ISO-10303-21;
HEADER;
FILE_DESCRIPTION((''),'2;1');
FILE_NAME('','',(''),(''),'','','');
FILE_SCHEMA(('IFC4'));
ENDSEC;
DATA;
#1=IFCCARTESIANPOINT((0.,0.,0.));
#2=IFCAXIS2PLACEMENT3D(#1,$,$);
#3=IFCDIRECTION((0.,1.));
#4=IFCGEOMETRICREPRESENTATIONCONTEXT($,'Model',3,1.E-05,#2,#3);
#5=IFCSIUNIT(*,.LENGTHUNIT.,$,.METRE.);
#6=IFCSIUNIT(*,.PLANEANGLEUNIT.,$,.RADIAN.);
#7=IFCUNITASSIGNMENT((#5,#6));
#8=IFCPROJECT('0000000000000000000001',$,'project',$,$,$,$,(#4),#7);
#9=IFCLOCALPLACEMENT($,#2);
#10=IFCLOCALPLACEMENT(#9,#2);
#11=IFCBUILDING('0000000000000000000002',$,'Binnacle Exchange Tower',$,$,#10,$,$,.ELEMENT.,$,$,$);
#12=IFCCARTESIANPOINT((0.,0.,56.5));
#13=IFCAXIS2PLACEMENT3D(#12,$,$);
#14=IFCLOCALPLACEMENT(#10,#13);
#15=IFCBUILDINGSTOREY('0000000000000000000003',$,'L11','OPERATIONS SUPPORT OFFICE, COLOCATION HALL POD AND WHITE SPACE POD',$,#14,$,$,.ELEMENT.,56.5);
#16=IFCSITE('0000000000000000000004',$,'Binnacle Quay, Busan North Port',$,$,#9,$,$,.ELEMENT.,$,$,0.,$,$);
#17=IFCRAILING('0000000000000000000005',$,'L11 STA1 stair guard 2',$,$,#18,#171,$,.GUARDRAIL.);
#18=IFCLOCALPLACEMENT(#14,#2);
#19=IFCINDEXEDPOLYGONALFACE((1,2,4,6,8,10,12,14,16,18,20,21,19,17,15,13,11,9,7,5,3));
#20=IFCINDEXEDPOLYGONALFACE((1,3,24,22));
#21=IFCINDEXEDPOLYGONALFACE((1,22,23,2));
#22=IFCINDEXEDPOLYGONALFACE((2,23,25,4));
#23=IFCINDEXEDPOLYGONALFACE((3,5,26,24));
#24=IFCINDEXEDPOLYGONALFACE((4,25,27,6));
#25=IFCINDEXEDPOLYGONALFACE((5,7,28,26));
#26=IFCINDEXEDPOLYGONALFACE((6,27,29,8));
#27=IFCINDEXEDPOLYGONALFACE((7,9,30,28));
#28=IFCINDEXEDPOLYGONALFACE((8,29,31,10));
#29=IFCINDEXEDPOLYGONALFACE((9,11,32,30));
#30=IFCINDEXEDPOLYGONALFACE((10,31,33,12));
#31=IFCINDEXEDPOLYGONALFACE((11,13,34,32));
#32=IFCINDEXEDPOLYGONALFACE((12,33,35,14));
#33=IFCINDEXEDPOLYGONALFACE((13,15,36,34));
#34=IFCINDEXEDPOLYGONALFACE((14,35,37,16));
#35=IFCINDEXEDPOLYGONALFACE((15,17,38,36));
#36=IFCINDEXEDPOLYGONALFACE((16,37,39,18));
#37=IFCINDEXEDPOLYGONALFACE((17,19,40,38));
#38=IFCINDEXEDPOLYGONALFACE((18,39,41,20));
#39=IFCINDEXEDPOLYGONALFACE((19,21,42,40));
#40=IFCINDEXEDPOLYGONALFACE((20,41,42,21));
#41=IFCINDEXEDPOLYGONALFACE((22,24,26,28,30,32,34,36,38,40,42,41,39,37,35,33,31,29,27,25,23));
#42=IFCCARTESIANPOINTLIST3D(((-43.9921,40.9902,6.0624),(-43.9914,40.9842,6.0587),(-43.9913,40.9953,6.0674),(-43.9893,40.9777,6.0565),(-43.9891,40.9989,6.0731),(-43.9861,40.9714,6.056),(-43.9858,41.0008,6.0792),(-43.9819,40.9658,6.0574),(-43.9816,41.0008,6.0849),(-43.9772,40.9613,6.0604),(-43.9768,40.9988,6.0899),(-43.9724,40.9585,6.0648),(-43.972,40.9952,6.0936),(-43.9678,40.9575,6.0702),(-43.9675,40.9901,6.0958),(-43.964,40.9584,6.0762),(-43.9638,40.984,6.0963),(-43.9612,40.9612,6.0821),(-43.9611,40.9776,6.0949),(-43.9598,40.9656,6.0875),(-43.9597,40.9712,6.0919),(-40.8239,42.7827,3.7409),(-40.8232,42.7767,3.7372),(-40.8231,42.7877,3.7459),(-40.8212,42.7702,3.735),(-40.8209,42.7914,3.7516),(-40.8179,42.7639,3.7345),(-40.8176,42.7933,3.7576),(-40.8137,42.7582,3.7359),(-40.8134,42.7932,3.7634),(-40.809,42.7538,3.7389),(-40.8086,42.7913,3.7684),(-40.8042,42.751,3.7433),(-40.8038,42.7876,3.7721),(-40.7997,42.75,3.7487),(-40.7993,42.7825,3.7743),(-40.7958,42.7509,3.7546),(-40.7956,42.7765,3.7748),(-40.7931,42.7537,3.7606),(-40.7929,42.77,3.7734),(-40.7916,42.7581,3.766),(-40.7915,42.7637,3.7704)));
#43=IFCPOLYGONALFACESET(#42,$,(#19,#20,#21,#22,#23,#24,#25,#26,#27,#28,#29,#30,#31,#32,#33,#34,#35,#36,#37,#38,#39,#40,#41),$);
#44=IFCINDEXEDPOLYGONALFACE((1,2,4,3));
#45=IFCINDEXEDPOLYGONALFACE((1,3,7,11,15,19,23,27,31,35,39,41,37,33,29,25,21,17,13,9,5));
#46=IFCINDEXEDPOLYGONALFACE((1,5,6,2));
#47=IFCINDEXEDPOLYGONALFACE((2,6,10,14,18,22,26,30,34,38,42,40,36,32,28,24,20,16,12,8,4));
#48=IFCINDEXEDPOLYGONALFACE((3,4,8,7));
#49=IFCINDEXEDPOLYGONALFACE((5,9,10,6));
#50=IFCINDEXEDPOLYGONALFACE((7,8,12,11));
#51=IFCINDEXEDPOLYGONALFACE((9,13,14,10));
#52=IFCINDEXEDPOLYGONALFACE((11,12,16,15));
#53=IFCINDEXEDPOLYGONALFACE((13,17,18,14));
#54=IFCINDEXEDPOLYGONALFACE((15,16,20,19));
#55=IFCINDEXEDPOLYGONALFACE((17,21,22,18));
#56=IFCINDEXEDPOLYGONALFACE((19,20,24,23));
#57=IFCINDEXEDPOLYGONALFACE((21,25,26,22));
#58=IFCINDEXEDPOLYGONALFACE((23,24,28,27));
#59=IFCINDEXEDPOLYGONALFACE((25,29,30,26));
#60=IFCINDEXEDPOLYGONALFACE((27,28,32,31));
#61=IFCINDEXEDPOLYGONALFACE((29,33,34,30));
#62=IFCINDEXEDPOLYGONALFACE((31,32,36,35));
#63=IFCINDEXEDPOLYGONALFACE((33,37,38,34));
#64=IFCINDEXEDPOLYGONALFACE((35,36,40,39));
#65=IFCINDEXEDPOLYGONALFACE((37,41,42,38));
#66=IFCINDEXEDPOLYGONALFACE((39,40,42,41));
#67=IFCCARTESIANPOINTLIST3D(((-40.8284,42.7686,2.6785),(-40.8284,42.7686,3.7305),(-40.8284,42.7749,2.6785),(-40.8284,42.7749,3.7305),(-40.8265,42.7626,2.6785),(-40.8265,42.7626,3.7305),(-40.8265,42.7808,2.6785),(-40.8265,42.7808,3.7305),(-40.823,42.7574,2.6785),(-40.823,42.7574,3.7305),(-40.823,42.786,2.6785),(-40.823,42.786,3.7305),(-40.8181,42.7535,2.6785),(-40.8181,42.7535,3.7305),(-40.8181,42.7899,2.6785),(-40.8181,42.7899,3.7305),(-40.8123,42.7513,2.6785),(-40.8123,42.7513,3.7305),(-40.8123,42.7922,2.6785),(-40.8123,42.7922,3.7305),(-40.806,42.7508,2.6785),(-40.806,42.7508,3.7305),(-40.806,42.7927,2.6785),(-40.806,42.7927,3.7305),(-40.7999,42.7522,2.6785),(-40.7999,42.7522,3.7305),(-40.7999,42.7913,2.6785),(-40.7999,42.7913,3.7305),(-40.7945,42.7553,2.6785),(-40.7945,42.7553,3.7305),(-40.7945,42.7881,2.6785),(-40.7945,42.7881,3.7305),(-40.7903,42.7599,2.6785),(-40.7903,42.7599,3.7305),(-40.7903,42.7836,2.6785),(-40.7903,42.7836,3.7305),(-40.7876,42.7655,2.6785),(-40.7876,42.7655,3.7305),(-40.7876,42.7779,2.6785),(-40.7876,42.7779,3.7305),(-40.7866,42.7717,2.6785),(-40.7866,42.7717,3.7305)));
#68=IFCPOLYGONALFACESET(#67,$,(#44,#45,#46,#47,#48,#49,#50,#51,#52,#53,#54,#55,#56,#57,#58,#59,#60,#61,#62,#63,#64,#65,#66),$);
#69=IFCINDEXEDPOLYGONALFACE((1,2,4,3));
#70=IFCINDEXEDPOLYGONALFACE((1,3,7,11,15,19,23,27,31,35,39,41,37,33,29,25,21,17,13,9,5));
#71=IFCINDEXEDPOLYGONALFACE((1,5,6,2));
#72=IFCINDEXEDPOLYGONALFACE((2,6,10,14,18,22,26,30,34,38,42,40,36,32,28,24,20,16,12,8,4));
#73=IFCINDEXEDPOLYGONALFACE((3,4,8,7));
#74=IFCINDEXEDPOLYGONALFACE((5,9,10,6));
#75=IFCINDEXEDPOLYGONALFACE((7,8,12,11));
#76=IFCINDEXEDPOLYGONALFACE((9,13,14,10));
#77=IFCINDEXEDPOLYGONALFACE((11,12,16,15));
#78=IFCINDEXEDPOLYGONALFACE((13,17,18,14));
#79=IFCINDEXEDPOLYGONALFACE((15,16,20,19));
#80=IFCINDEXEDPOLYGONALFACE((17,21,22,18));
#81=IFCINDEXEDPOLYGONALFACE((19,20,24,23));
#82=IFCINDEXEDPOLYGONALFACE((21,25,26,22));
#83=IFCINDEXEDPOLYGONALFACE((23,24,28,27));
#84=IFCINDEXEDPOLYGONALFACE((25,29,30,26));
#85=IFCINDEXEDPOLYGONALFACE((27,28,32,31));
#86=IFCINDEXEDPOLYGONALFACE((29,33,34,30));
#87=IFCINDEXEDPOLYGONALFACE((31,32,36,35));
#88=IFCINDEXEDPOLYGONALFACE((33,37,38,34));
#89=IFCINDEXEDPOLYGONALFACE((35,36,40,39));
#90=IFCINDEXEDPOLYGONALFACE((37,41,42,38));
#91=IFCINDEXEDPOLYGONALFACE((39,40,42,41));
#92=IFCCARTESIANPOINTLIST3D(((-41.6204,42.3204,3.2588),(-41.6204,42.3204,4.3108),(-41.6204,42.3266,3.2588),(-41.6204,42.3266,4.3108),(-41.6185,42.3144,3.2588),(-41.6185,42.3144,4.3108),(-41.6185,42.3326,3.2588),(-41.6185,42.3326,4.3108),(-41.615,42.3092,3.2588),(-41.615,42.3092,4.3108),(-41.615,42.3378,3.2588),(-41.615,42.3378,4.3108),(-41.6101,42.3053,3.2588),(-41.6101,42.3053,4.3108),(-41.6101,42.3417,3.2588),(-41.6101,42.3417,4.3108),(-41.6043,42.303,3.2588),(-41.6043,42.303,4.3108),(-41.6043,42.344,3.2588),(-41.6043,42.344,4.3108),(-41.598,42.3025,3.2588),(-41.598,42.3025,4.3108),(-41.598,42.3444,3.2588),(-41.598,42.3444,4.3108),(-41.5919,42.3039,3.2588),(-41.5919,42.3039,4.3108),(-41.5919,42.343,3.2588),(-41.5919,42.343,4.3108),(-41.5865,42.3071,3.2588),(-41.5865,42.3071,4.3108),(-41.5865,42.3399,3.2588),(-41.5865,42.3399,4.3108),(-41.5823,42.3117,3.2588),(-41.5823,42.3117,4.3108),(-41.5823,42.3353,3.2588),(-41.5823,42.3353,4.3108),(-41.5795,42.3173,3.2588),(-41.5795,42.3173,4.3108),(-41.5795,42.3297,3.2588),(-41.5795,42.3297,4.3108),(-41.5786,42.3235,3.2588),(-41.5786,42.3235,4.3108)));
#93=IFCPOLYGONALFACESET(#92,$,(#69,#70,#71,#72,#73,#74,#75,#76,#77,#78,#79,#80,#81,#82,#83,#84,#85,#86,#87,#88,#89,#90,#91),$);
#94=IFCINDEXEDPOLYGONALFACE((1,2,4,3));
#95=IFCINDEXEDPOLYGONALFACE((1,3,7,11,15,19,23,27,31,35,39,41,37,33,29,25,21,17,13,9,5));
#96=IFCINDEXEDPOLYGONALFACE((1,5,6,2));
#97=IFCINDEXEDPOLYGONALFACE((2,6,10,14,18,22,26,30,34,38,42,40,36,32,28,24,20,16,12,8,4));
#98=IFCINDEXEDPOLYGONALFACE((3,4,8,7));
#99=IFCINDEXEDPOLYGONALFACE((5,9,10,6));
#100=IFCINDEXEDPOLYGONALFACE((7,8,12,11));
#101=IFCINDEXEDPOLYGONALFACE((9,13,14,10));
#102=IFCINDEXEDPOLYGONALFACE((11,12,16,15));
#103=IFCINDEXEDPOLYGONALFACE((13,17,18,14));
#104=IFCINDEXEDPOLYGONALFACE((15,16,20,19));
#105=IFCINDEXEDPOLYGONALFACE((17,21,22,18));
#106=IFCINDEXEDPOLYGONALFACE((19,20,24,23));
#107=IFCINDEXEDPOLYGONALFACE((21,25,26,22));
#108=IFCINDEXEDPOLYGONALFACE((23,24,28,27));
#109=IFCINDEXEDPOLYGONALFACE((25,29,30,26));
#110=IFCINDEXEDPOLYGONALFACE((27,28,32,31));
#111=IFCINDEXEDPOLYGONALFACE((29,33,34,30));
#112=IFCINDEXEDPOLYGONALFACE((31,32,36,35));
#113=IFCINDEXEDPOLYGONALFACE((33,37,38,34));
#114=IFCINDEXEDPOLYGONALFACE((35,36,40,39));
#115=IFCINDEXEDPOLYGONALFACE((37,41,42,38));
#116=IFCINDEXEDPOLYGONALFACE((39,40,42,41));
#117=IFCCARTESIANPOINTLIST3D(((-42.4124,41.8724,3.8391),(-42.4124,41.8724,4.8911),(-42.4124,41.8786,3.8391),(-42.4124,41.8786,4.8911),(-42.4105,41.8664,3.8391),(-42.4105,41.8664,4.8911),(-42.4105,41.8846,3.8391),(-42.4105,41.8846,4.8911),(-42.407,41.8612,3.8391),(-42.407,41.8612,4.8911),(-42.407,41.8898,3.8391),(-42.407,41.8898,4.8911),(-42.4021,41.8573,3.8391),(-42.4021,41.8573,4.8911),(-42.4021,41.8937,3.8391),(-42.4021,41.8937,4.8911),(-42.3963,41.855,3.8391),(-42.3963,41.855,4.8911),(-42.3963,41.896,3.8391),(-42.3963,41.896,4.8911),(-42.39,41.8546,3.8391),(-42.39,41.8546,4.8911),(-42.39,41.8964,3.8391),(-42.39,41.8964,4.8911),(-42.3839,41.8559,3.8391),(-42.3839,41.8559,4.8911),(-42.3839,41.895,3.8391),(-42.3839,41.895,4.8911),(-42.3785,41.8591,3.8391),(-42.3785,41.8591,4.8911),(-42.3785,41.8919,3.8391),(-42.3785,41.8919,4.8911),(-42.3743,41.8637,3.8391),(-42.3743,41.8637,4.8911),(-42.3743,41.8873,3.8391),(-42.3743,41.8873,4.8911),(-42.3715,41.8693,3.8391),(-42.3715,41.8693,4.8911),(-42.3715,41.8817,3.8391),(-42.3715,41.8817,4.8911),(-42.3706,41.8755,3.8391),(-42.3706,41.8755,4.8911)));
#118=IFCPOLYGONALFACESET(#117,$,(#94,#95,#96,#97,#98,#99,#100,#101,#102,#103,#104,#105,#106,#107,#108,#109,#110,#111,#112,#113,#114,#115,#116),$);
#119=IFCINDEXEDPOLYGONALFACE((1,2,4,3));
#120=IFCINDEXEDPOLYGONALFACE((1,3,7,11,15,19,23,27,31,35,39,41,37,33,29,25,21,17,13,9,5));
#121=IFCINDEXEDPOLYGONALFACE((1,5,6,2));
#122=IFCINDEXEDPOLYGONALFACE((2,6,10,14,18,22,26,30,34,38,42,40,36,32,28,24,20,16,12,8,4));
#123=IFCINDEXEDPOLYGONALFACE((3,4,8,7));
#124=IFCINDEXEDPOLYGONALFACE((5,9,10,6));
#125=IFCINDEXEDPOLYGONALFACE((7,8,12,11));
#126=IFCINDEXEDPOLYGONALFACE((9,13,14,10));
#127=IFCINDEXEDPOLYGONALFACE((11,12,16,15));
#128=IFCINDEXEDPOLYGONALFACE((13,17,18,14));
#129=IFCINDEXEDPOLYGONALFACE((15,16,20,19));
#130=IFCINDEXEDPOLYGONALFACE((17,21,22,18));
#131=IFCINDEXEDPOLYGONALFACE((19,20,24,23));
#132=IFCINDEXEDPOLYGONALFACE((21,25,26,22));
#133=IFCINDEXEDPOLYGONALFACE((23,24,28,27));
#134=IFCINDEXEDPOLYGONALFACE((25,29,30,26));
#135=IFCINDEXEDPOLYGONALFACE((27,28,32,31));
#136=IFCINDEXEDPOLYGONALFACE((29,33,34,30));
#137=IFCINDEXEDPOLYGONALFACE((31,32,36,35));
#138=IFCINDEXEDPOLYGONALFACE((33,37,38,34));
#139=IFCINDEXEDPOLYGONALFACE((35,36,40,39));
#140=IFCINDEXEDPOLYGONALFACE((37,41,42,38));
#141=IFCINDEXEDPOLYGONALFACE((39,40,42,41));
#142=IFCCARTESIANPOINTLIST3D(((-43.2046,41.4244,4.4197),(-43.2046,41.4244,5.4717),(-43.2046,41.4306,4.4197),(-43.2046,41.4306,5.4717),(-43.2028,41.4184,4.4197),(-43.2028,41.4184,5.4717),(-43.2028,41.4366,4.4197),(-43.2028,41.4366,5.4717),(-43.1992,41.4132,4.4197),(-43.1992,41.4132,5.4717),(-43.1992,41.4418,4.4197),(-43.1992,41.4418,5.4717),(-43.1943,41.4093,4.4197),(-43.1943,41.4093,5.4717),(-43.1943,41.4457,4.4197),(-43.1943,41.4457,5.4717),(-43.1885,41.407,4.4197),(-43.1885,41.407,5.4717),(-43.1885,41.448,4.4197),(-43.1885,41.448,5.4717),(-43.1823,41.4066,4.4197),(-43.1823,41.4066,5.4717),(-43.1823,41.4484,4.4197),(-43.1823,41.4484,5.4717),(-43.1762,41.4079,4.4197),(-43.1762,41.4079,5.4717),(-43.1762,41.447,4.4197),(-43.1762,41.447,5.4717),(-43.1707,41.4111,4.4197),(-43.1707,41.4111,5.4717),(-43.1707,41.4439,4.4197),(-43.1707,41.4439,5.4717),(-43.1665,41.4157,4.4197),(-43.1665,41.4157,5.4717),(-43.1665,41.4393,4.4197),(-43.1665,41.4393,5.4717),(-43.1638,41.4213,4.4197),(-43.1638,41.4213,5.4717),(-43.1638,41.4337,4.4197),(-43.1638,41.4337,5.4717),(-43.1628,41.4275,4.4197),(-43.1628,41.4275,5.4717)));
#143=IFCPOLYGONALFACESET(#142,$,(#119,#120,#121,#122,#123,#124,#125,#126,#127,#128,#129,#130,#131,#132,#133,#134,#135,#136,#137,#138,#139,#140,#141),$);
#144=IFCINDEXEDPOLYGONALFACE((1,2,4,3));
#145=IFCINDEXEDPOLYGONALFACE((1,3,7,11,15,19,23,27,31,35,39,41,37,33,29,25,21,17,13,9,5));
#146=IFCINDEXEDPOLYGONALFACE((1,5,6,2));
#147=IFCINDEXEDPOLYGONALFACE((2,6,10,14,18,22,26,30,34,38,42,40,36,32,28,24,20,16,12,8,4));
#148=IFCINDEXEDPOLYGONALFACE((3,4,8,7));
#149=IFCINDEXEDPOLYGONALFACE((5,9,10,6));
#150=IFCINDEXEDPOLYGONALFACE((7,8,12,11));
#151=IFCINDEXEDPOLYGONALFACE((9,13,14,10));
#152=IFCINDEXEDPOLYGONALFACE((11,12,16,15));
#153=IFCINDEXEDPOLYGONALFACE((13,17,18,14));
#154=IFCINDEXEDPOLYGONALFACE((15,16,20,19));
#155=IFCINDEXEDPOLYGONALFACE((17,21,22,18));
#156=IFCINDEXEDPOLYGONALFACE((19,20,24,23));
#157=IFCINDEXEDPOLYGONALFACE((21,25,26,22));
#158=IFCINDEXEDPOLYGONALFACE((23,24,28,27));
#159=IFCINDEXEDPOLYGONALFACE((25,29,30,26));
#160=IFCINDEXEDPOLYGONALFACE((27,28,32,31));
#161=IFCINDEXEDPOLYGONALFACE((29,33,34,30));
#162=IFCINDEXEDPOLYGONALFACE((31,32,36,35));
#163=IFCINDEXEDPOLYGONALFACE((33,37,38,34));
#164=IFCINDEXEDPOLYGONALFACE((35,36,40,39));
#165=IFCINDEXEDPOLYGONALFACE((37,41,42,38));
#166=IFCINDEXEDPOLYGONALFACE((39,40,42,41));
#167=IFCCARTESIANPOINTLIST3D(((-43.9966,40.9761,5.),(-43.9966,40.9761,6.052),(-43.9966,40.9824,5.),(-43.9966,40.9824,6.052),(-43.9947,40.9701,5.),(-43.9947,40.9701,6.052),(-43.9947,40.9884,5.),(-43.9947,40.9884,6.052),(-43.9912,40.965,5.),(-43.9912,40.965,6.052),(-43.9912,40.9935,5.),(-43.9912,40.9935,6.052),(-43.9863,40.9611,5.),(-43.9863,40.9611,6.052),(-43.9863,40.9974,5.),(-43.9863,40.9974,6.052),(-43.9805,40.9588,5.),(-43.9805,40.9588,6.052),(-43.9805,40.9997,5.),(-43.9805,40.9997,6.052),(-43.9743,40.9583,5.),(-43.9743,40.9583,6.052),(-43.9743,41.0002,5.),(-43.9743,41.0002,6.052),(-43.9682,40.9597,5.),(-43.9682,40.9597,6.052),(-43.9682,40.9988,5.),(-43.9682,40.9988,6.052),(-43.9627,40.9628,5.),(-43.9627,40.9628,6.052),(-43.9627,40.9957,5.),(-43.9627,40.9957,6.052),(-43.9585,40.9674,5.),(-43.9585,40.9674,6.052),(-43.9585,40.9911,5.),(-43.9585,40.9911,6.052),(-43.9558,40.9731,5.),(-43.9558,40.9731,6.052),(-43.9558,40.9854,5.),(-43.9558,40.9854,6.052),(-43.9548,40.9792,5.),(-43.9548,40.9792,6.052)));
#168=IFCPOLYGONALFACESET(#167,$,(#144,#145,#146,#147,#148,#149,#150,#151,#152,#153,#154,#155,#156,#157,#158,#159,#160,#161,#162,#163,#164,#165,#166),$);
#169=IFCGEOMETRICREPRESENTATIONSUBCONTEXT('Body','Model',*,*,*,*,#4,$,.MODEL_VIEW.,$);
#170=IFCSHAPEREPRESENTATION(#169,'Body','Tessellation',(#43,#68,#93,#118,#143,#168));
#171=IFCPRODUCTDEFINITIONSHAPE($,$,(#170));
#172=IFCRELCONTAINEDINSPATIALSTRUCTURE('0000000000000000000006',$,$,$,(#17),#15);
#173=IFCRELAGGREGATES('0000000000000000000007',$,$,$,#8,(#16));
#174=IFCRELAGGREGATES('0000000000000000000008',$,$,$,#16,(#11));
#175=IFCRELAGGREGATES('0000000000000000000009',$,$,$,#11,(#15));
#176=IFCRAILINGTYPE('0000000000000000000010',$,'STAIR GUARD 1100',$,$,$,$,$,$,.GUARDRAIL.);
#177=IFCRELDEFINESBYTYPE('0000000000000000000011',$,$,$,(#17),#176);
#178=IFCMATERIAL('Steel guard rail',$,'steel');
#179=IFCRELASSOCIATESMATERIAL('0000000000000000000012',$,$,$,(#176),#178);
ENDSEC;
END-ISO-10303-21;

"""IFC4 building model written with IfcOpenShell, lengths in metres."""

from ifc_helpers import new_model, si_unit, direction, frame, origin, origin_2d, place, context, subcontext, project, spatial, circle, extrude, material, type_object, element, save


model = new_model("IFC4")

# Units and contexts
model_context = context("Model", 3, precision=1e-05, world=origin(), true_north=direction((0.0, 1.0)))
body_context = subcontext(model_context, "Body", "Model", "MODEL_VIEW")
ifc_project = project(units=[si_unit("LENGTHUNIT", "METRE"), si_unit("PLANEANGLEUNIT", "RADIAN")], contexts=[model_context])

# Site, building, storey
site_placement = place(None, origin())
site = spatial("IfcSite", under=ifc_project, at=site_placement, Name="Binnacle Quay, Busan North Port", CompositionType="ELEMENT", RefElevation=0.0)
building_placement = place(site_placement, origin())
building = spatial("IfcBuilding", under=site, at=building_placement, Name="Binnacle Exchange Tower", CompositionType="ELEMENT")
storey_placement = place(building_placement, frame((0.0, 0.0, 56.5)))
storey = spatial("IfcBuildingStorey", under=building, at=storey_placement, Name="L11", Description="OPERATIONS SUPPORT OFFICE, COLOCATION HALL POD AND WHITE SPACE POD", CompositionType="ELEMENT", Elevation=56.5)

# Railing
ifc_material_1 = material(Name="Steel guard rail", Category="steel")
railing_type_1 = type_object("IfcRailingType", Name="STAIR GUARD 1100", PredefinedType="GUARDRAIL", material=ifc_material_1)
railing_1_placement = place(storey_placement, frame((-40.8076, 42.7717, 2.6785)))
element("IfcRailing", 1, at=railing_1_placement, inside=storey, type_object=railing_type_1, Name="L11 STA1 stair guard 2", PredefinedType="GUARDRAIL", context=body_context, shape_type="SweptSolid", body=[
    extrude(circle(Radius=0.0239, at=origin_2d()), frame((0.0, 0.0, 1.0762), z_axis=(-0.733822, -0.415174, 0.537714), x_axis=(0.492422, -0.870357, 0.0)), (0.0, 0.0, 1.0), 4.3174),
    extrude(circle(Radius=0.021, at=origin_2d()), origin(), (0.0, 0.0, 1.0), 1.052),
    extrude(circle(Radius=0.021, at=origin_2d()), frame((-0.792, -0.4482, 0.5803)), (0.0, 0.0, 1.0), 1.052),
    extrude(circle(Radius=0.021, at=origin_2d()), frame((-1.584, -0.8962, 1.1606)), (0.0, 0.0, 1.0), 1.052),
    extrude(circle(Radius=0.021, at=origin_2d()), frame((-2.3762, -1.3442, 1.7412)), (0.0, 0.0, 1.0), 1.052),
    extrude(circle(Radius=0.021, at=origin_2d()), frame((-3.1682, -1.7925, 2.3215)), (0.0, 0.0, 1.0), 1.052),
])

save(model, "model.ifc")
